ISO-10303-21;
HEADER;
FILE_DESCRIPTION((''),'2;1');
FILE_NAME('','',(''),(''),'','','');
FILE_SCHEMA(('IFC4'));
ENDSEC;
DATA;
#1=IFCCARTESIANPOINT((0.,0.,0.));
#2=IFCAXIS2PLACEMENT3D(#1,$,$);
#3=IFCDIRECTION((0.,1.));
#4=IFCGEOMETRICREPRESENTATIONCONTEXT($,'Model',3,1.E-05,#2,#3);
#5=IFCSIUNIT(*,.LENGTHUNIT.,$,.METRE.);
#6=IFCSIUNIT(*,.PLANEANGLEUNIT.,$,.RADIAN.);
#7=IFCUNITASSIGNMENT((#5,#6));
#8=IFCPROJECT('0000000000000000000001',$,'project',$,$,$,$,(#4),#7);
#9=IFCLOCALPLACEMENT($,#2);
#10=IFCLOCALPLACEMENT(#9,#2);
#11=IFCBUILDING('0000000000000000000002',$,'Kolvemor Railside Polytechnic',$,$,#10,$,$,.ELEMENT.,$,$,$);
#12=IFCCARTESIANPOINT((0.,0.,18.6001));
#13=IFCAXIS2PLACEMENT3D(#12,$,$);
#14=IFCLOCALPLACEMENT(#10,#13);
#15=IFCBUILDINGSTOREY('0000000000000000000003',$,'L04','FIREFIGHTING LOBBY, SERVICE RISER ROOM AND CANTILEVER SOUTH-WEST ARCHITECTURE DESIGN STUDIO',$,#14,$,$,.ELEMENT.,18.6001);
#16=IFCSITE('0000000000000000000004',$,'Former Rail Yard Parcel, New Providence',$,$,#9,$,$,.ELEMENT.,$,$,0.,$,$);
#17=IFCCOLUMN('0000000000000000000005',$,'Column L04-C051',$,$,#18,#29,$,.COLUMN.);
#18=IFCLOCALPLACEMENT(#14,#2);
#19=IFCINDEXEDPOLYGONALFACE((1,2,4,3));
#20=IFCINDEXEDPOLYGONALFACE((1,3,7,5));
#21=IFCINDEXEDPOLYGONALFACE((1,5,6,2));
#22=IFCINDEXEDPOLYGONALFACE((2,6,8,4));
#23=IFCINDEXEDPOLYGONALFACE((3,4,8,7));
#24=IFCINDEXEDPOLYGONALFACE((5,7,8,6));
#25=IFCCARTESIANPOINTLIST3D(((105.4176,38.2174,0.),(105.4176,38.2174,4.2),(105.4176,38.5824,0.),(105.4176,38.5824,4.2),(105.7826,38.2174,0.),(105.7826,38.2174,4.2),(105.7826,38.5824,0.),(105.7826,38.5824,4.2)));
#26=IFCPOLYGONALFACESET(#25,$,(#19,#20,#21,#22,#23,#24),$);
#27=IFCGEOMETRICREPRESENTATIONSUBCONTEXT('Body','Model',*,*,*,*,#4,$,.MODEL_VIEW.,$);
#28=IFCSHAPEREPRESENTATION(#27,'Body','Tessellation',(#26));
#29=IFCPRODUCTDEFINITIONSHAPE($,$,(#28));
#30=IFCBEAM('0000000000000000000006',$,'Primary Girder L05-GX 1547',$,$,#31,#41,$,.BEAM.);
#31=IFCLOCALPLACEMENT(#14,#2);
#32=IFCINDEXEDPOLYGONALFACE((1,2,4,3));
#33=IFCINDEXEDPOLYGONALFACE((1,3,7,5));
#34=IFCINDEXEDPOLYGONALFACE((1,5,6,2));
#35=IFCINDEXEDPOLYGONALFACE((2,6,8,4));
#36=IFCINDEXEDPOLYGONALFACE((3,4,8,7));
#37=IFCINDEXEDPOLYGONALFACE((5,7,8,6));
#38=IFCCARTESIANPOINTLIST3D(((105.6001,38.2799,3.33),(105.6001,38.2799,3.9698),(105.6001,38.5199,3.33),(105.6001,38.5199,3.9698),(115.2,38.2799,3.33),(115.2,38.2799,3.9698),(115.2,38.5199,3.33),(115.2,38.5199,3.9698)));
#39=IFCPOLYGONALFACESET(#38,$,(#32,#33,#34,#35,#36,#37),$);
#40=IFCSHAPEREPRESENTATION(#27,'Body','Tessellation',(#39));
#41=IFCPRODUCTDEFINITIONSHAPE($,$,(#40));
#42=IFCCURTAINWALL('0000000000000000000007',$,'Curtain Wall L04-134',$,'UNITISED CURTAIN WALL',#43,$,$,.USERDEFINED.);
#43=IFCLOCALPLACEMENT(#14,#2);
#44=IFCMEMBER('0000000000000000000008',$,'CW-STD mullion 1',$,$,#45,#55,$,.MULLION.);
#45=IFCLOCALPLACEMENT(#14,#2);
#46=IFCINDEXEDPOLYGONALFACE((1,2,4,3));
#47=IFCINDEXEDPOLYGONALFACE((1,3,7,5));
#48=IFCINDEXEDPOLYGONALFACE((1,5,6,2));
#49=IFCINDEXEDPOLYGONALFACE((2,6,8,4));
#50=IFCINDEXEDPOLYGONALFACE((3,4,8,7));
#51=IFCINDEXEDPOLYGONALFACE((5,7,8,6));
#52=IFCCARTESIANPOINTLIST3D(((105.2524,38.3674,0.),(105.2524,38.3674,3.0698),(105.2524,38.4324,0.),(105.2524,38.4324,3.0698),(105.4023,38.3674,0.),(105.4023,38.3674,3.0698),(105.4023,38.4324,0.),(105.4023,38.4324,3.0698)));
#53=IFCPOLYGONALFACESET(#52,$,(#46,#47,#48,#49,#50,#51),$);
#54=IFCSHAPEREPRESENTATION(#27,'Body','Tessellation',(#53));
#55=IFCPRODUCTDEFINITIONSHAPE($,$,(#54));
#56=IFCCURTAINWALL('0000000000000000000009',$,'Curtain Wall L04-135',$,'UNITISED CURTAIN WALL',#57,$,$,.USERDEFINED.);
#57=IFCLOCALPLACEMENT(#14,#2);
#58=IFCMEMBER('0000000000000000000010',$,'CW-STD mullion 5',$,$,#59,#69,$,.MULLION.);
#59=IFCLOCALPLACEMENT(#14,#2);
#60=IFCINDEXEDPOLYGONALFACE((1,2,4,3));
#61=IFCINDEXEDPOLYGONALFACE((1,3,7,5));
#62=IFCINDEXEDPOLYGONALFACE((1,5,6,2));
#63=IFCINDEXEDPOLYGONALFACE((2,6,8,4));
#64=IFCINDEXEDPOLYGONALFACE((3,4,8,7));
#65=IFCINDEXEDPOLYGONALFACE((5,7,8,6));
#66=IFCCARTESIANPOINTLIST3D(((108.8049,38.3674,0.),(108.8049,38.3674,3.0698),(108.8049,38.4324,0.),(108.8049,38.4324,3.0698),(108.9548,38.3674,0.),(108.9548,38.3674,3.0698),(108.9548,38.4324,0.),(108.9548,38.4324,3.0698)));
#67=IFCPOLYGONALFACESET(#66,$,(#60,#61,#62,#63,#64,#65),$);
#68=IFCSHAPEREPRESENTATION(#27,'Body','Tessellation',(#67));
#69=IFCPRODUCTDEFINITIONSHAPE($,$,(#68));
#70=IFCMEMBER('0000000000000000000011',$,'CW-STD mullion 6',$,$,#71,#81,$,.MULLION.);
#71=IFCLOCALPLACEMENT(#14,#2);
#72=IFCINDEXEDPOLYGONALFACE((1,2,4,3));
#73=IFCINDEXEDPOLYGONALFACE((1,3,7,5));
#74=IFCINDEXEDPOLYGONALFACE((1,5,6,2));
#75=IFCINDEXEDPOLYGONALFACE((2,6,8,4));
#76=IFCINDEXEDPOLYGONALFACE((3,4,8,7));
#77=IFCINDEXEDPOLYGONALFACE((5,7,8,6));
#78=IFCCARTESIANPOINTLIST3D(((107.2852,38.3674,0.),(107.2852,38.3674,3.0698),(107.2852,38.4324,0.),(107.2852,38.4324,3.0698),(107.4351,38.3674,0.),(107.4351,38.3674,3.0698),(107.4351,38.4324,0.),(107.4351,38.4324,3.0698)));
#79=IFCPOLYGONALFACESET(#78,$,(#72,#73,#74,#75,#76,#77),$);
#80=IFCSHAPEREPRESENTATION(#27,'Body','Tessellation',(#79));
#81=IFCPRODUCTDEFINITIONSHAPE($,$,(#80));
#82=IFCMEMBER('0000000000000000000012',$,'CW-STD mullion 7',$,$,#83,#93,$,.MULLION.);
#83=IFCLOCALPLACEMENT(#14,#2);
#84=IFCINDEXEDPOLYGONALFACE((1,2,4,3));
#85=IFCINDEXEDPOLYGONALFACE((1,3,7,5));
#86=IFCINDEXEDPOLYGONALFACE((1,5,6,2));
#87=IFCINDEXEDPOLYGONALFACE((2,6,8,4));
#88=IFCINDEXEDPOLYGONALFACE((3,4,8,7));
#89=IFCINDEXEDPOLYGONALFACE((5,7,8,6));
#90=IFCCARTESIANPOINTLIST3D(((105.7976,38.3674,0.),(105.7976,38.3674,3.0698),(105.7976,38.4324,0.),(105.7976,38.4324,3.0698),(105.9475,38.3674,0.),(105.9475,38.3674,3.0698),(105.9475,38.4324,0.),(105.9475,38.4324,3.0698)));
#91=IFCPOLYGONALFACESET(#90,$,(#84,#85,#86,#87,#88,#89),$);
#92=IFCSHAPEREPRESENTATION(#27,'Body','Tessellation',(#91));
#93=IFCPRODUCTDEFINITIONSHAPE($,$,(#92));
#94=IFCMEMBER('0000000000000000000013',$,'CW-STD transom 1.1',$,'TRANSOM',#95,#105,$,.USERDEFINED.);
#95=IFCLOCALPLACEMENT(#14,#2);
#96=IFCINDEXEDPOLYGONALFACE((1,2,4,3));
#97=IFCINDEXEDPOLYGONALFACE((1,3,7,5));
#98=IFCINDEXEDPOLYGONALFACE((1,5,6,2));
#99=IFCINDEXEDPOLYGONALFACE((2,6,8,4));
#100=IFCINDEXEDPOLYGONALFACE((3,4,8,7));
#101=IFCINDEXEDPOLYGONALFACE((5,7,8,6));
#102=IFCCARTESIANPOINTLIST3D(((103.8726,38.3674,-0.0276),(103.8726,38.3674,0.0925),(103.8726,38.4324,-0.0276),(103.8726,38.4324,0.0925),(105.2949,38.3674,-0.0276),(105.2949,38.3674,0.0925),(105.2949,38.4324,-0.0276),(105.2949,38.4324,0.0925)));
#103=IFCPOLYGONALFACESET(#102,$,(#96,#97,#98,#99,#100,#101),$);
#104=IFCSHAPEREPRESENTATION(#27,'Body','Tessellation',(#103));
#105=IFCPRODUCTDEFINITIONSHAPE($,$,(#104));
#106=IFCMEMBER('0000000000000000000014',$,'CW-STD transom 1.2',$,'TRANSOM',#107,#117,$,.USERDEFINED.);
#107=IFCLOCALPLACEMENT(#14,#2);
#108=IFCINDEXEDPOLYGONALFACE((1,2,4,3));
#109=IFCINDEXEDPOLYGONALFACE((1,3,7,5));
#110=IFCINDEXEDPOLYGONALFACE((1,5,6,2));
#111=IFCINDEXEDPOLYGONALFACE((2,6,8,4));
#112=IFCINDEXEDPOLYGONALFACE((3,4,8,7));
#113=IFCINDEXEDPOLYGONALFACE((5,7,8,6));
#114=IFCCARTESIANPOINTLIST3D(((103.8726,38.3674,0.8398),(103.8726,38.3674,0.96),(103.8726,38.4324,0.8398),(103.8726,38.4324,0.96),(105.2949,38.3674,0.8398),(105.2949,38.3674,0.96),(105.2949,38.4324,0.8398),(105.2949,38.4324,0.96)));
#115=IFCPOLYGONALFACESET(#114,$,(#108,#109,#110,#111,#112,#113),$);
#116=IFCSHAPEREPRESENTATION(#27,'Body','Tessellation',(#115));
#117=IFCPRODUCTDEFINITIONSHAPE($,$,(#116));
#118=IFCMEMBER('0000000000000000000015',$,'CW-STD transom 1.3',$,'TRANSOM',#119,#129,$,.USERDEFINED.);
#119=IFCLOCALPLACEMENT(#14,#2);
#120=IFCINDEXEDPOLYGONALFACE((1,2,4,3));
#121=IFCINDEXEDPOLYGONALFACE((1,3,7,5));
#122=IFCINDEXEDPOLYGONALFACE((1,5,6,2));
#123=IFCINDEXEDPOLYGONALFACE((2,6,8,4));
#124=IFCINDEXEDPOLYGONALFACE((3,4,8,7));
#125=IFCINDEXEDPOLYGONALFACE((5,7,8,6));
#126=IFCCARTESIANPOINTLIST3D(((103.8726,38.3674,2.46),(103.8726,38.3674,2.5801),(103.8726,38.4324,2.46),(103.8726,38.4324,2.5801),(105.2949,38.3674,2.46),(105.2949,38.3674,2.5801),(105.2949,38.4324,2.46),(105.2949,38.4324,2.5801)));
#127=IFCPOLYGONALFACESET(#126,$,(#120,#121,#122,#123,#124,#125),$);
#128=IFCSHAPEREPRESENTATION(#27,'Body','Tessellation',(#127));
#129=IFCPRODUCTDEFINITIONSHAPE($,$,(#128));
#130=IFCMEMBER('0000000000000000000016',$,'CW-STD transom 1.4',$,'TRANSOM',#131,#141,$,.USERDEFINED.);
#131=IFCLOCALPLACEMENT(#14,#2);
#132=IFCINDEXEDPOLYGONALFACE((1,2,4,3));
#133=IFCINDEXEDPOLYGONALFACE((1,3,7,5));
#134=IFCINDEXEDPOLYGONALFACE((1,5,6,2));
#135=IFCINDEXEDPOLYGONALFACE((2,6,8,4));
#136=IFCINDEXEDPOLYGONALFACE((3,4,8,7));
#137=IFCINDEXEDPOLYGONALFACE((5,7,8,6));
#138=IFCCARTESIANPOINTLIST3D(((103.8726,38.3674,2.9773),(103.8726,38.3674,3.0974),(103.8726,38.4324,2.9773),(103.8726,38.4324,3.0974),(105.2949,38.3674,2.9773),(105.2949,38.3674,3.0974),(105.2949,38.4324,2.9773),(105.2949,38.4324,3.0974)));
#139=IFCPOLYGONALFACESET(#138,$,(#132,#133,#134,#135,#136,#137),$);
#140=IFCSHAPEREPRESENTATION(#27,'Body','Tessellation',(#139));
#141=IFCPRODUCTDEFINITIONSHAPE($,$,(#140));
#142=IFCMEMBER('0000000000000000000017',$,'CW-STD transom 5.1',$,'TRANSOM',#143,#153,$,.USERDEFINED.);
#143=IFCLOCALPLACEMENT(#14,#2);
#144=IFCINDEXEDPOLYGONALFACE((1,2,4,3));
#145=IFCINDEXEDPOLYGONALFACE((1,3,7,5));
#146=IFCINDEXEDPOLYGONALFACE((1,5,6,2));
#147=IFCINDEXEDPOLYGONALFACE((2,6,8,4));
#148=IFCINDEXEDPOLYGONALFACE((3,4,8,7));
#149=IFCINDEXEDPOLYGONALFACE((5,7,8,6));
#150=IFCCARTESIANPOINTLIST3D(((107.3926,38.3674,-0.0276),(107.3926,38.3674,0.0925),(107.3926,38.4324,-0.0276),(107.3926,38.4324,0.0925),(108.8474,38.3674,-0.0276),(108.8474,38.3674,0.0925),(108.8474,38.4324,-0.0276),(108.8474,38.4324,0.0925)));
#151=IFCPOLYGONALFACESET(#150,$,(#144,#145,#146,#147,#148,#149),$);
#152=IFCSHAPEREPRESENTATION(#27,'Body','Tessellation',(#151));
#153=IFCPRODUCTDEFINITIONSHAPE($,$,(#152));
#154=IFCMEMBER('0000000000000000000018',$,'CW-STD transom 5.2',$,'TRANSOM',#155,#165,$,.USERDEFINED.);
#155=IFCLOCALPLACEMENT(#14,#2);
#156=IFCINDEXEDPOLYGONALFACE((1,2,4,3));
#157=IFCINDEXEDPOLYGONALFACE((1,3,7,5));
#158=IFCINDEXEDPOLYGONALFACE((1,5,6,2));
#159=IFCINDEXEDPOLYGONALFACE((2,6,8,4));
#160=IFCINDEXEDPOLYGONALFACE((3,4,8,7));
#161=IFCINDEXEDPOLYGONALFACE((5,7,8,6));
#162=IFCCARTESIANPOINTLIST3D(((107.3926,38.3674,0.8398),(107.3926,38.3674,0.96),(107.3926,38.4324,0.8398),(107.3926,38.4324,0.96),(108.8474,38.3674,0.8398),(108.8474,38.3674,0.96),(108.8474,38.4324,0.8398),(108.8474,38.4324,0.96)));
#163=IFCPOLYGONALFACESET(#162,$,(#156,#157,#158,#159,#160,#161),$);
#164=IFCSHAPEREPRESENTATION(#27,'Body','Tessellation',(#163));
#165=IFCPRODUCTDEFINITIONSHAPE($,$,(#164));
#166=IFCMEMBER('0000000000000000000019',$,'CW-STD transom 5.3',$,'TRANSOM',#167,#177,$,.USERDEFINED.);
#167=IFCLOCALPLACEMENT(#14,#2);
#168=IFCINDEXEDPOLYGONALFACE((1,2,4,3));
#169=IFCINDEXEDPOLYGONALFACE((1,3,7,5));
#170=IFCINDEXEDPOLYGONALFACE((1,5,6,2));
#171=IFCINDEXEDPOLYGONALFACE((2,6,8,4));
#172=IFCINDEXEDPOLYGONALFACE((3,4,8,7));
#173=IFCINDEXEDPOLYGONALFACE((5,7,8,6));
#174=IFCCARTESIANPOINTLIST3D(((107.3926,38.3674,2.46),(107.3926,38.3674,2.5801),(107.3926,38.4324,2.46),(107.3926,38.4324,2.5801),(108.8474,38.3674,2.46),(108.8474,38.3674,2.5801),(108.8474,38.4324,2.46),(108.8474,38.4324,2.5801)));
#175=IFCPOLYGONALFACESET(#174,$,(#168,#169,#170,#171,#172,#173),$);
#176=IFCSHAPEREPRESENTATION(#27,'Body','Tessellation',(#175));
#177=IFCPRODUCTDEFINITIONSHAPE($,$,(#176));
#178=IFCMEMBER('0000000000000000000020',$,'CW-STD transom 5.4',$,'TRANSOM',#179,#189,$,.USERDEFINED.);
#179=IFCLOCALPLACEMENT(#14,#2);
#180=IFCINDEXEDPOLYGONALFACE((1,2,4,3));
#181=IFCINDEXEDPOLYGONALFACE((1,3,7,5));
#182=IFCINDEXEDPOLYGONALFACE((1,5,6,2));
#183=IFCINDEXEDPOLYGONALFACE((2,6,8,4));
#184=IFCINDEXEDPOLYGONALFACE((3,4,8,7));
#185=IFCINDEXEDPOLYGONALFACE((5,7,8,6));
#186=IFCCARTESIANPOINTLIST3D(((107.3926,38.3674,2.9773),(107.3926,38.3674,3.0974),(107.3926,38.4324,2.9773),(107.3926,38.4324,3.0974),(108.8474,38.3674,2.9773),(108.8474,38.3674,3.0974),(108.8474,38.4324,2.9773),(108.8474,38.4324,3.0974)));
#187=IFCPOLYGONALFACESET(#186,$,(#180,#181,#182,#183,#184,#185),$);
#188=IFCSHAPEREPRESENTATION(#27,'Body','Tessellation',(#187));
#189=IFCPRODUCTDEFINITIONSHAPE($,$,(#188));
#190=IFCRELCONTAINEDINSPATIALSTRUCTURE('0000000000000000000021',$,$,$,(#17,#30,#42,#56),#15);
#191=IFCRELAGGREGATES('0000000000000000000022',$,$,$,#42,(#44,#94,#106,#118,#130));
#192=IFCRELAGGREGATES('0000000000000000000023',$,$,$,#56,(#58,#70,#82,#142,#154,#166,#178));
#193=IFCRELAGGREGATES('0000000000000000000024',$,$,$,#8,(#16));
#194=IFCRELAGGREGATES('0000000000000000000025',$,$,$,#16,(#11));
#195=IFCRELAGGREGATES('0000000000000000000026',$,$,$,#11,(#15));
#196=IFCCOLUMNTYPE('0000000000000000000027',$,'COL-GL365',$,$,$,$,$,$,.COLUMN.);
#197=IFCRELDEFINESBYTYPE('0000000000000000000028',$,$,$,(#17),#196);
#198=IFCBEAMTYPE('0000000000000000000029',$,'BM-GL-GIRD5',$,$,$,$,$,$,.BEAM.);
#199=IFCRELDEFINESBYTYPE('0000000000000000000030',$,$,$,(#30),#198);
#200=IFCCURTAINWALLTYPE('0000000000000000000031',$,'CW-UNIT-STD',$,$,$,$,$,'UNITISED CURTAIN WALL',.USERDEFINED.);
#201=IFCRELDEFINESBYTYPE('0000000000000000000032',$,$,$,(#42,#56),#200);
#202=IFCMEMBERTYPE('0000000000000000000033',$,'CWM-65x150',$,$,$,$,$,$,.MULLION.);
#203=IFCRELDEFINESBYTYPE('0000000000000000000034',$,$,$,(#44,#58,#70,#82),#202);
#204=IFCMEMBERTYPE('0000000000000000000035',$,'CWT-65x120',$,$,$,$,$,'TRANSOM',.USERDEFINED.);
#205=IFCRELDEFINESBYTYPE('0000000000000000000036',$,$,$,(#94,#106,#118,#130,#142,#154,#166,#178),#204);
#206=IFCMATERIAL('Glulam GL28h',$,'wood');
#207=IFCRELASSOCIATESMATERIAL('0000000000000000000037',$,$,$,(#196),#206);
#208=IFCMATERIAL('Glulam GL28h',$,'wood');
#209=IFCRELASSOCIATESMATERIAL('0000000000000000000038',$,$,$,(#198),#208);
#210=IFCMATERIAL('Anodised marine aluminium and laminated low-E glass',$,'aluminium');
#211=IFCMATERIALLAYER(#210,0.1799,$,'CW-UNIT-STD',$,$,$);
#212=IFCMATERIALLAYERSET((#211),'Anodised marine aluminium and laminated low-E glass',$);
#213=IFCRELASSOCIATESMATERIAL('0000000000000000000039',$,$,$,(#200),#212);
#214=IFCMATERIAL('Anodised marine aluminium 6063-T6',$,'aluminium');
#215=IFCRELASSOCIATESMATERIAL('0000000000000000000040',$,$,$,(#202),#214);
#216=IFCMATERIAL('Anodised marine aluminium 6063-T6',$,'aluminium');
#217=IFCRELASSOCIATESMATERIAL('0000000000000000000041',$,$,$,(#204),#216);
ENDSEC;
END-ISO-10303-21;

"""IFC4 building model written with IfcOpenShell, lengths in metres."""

from ifc_helpers import new_model, si_unit, direction, frame, origin, origin_2d, place, context, subcontext, project, spatial, rectangle, extrude, material, layer, layer_set, material_profile, profile_set, type_object, element, aggregate, save


model = new_model("IFC4")

# Units and contexts
model_context = context("Model", 3, precision=1e-05, world=origin(), true_north=direction((0.0, 1.0)))
body_context = subcontext(model_context, "Body", "Model", "MODEL_VIEW")
ifc_project = project(units=[si_unit("LENGTHUNIT", "METRE"), si_unit("PLANEANGLEUNIT", "RADIAN")], contexts=[model_context])

# Site, building, storey
site_placement = place(None, origin())
site = spatial("IfcSite", under=ifc_project, at=site_placement, Name="Former Rail Yard Parcel, New Providence", CompositionType="ELEMENT", RefElevation=0.0)
building_placement = place(site_placement, origin())
building = spatial("IfcBuilding", under=site, at=building_placement, Name="Kolvemor Railside Polytechnic", CompositionType="ELEMENT")
storey_placement = place(building_placement, frame((0.0, 0.0, 18.6001)))
storey = spatial("IfcBuildingStorey", under=building, at=storey_placement, Name="L04", Description="FIREFIGHTING LOBBY, SERVICE RISER ROOM AND CANTILEVER SOUTH-WEST ARCHITECTURE DESIGN STUDIO", CompositionType="ELEMENT", Elevation=18.6001)

# Column
ifc_material_1 = material(Name="Glulam GL28h", Category="wood")
ifc_material_profile_1 = material_profile(ifc_material_1, rectangle(XDim=0.365, YDim=0.365, at=origin_2d()), Name="GL365x365")
ifc_profile_set_1 = profile_set([ifc_material_profile_1], Name="Glulam GL28h")
column_type = type_object("IfcColumnType", Name="COL-GL365", PredefinedType="COLUMN", material=ifc_profile_set_1)
column_placement = place(storey_placement, frame((105.6001, 38.3999, 0.0), z_axis=(0.0, 0.0, 1.0), x_axis=(1.0, 0.0, 0.0)))
element("IfcColumn", 1, at=column_placement, inside=storey, type_object=column_type, Name="Column L04-C051", PredefinedType="COLUMN", context=body_context, shape_type="SweptSolid", body=[
    extrude(rectangle(XDim=0.365, YDim=0.365, at=origin_2d()), origin(), (0.0, 0.0, 1.0), 4.2),
])

# Beam
ifc_material_2 = material(Name="Glulam GL28h", Category="wood")
ifc_material_profile_2 = material_profile(ifc_material_2, rectangle(XDim=0.24, YDim=0.6399, at=origin_2d()), Name="GL240x640")
ifc_profile_set_2 = profile_set([ifc_material_profile_2], Name="Glulam GL28h")
beam_type = type_object("IfcBeamType", Name="BM-GL-GIRD5", PredefinedType="BEAM", material=ifc_profile_set_2)
beam_placement = place(storey_placement, frame((105.6001, 38.3999, 3.6499), z_axis=(1.0, 0.0, 0.0), x_axis=(0.0, 1.0, 0.0)))
element("IfcBeam", 2, at=beam_placement, inside=storey, type_object=beam_type, Name="Primary Girder L05-GX 1547", PredefinedType="BEAM", context=body_context, shape_type="SweptSolid", body=[
    extrude(rectangle(XDim=0.24, YDim=0.6399, at=origin_2d()), origin(), (0.0, 0.0, 1.0), 9.5999),
])

# Curtain wall, member
ifc_material_3 = material(Name="Anodised marine aluminium and laminated low-E glass", Category="aluminium")
ifc_layer_1 = layer(ifc_material_3, 0.1799, Name="CW-UNIT-STD")
ifc_layer_set_1 = layer_set([ifc_layer_1], Name="Anodised marine aluminium and laminated low-E glass")
curtain_wall_type = type_object("IfcCurtainWallType", Name="CW-UNIT-STD", ElementType="UNITISED CURTAIN WALL", PredefinedType="USERDEFINED", material=ifc_layer_set_1)
curtain_wall_1_placement = place(storey_placement, origin())
curtain_wall_1 = element("IfcCurtainWall", 3, at=curtain_wall_1_placement, inside=storey, type_object=curtain_wall_type, Name="Curtain Wall L04-134", ObjectType="UNITISED CURTAIN WALL", PredefinedType="USERDEFINED")
ifc_material_4 = material(Name="Anodised marine aluminium 6063-T6", Category="aluminium")
ifc_material_profile_3 = material_profile(ifc_material_4, rectangle(XDim=0.0649, YDim=0.1499, at=origin_2d()), Name="CW-MUL-65x150")
ifc_profile_set_3 = profile_set([ifc_material_profile_3], Name="Anodised marine aluminium 6063-T6")
member_type_1 = type_object("IfcMemberType", Name="CWM-65x150", PredefinedType="MULLION", material=ifc_profile_set_3)
member_1_placement = place(storey_placement, frame((105.3274, 38.3999, 0.0), z_axis=(0.0, 0.0, 1.0), x_axis=(0.0, -1.0, 0.0)))
member_1 = element("IfcMember", 4, at=member_1_placement, type_object=member_type_1, Name="CW-STD mullion 1", PredefinedType="MULLION", context=body_context, shape_type="SweptSolid", body=[
    extrude(rectangle(XDim=0.0649, YDim=0.1499, at=origin_2d()), origin(), (0.0, 0.0, 1.0), 3.0698),
])

# Curtain wall, members
curtain_wall_2_placement = place(storey_placement, origin())
curtain_wall_2 = element("IfcCurtainWall", 5, at=curtain_wall_2_placement, inside=storey, type_object=curtain_wall_type, Name="Curtain Wall L04-135", ObjectType="UNITISED CURTAIN WALL", PredefinedType="USERDEFINED")
member_2_placement = place(storey_placement, frame((108.8799, 38.3999, 0.0), z_axis=(0.0, 0.0, 1.0), x_axis=(0.0, -1.0, 0.0)))
member_2 = element("IfcMember", 6, at=member_2_placement, type_object=member_type_1, Name="CW-STD mullion 5", PredefinedType="MULLION", context=body_context, shape_type="SweptSolid", body=[
    extrude(rectangle(XDim=0.0649, YDim=0.1499, at=origin_2d()), origin(), (0.0, 0.0, 1.0), 3.0698),
])
member_3_placement = place(storey_placement, frame((107.3601, 38.3999, 0.0), z_axis=(0.0, 0.0, 1.0), x_axis=(0.0, -1.0, 0.0)))
member_3 = element("IfcMember", 7, at=member_3_placement, type_object=member_type_1, Name="CW-STD mullion 6", PredefinedType="MULLION", context=body_context, shape_type="SweptSolid", body=[
    extrude(rectangle(XDim=0.0649, YDim=0.1499, at=origin_2d()), origin(), (0.0, 0.0, 1.0), 3.0698),
])
member_4_placement = place(storey_placement, frame((105.8726, 38.3999, 0.0), z_axis=(0.0, 0.0, 1.0), x_axis=(0.0, -1.0, 0.0)))
member_4 = element("IfcMember", 8, at=member_4_placement, type_object=member_type_1, Name="CW-STD mullion 7", PredefinedType="MULLION", context=body_context, shape_type="SweptSolid", body=[
    extrude(rectangle(XDim=0.0649, YDim=0.1499, at=origin_2d()), origin(), (0.0, 0.0, 1.0), 3.0698),
])

# Members
ifc_material_5 = material(Name="Anodised marine aluminium 6063-T6", Category="aluminium")
ifc_material_profile_4 = material_profile(ifc_material_5, rectangle(XDim=0.0649, YDim=0.1201, at=origin_2d()), Name="CW-TRN-65x120")
ifc_profile_set_4 = profile_set([ifc_material_profile_4], Name="Anodised marine aluminium 6063-T6")
member_type_2 = type_object("IfcMemberType", Name="CWT-65x120", ElementType="TRANSOM", PredefinedType="USERDEFINED", material=ifc_profile_set_4)
member_5_placement = place(storey_placement, frame((105.2949, 38.3999, 0.0325), z_axis=(-1.0, 0.0, 0.0), x_axis=(0.0, -1.0, 0.0)))
member_5 = element("IfcMember", 9, at=member_5_placement, type_object=member_type_2, Name="CW-STD transom 1.1", ObjectType="TRANSOM", PredefinedType="USERDEFINED", context=body_context, shape_type="SweptSolid", body=[
    extrude(rectangle(XDim=0.0649, YDim=0.1201, at=origin_2d()), origin(), (0.0, 0.0, 1.0), 1.4224),
])
member_6_placement = place(storey_placement, frame((105.2949, 38.3999, 0.8999), z_axis=(-1.0, 0.0, 0.0), x_axis=(0.0, -1.0, 0.0)))
member_6 = element("IfcMember", 10, at=member_6_placement, type_object=member_type_2, Name="CW-STD transom 1.2", ObjectType="TRANSOM", PredefinedType="USERDEFINED", context=body_context, shape_type="SweptSolid", body=[
    extrude(rectangle(XDim=0.0649, YDim=0.1201, at=origin_2d()), origin(), (0.0, 0.0, 1.0), 1.4224),
])
member_7_placement = place(storey_placement, frame((105.2949, 38.3999, 2.52), z_axis=(-1.0, 0.0, 0.0), x_axis=(0.0, -1.0, 0.0)))
member_7 = element("IfcMember", 11, at=member_7_placement, type_object=member_type_2, Name="CW-STD transom 1.3", ObjectType="TRANSOM", PredefinedType="USERDEFINED", context=body_context, shape_type="SweptSolid", body=[
    extrude(rectangle(XDim=0.0649, YDim=0.1201, at=origin_2d()), origin(), (0.0, 0.0, 1.0), 1.4224),
])
member_8_placement = place(storey_placement, frame((105.2949, 38.3999, 3.0374), z_axis=(-1.0, 0.0, 0.0), x_axis=(0.0, -1.0, 0.0)))
member_8 = element("IfcMember", 12, at=member_8_placement, type_object=member_type_2, Name="CW-STD transom 1.4", ObjectType="TRANSOM", PredefinedType="USERDEFINED", context=body_context, shape_type="SweptSolid", body=[
    extrude(rectangle(XDim=0.0649, YDim=0.1201, at=origin_2d()), origin(), (0.0, 0.0, 1.0), 1.4224),
])
member_9_placement = place(storey_placement, frame((108.8474, 38.3999, 0.0325), z_axis=(-1.0, 0.0, 0.0), x_axis=(0.0, -1.0, 0.0)))
member_9 = element("IfcMember", 13, at=member_9_placement, type_object=member_type_2, Name="CW-STD transom 5.1", ObjectType="TRANSOM", PredefinedType="USERDEFINED", context=body_context, shape_type="SweptSolid", body=[
    extrude(rectangle(XDim=0.0649, YDim=0.1201, at=origin_2d()), origin(), (0.0, 0.0, 1.0), 1.4548),
])
member_10_placement = place(storey_placement, frame((108.8474, 38.3999, 0.8999), z_axis=(-1.0, 0.0, 0.0), x_axis=(0.0, -1.0, 0.0)))
member_10 = element("IfcMember", 14, at=member_10_placement, type_object=member_type_2, Name="CW-STD transom 5.2", ObjectType="TRANSOM", PredefinedType="USERDEFINED", context=body_context, shape_type="SweptSolid", body=[
    extrude(rectangle(XDim=0.0649, YDim=0.1201, at=origin_2d()), origin(), (0.0, 0.0, 1.0), 1.4548),
])
member_11_placement = place(storey_placement, frame((108.8474, 38.3999, 2.52), z_axis=(-1.0, 0.0, 0.0), x_axis=(0.0, -1.0, 0.0)))
member_11 = element("IfcMember", 15, at=member_11_placement, type_object=member_type_2, Name="CW-STD transom 5.3", ObjectType="TRANSOM", PredefinedType="USERDEFINED", context=body_context, shape_type="SweptSolid", body=[
    extrude(rectangle(XDim=0.0649, YDim=0.1201, at=origin_2d()), origin(), (0.0, 0.0, 1.0), 1.4548),
])
member_12_placement = place(storey_placement, frame((108.8474, 38.3999, 3.0374), z_axis=(-1.0, 0.0, 0.0), x_axis=(0.0, -1.0, 0.0)))
member_12 = element("IfcMember", 16, at=member_12_placement, type_object=member_type_2, Name="CW-STD transom 5.4", ObjectType="TRANSOM", PredefinedType="USERDEFINED", context=body_context, shape_type="SweptSolid", body=[
    extrude(rectangle(XDim=0.0649, YDim=0.1201, at=origin_2d()), origin(), (0.0, 0.0, 1.0), 1.4548),
])

aggregate(curtain_wall_1, [member_1, member_5, member_6, member_7, member_8])
aggregate(curtain_wall_2, [member_2, member_3, member_4, member_9, member_10, member_11, member_12])

save(model, "model.ifc")
